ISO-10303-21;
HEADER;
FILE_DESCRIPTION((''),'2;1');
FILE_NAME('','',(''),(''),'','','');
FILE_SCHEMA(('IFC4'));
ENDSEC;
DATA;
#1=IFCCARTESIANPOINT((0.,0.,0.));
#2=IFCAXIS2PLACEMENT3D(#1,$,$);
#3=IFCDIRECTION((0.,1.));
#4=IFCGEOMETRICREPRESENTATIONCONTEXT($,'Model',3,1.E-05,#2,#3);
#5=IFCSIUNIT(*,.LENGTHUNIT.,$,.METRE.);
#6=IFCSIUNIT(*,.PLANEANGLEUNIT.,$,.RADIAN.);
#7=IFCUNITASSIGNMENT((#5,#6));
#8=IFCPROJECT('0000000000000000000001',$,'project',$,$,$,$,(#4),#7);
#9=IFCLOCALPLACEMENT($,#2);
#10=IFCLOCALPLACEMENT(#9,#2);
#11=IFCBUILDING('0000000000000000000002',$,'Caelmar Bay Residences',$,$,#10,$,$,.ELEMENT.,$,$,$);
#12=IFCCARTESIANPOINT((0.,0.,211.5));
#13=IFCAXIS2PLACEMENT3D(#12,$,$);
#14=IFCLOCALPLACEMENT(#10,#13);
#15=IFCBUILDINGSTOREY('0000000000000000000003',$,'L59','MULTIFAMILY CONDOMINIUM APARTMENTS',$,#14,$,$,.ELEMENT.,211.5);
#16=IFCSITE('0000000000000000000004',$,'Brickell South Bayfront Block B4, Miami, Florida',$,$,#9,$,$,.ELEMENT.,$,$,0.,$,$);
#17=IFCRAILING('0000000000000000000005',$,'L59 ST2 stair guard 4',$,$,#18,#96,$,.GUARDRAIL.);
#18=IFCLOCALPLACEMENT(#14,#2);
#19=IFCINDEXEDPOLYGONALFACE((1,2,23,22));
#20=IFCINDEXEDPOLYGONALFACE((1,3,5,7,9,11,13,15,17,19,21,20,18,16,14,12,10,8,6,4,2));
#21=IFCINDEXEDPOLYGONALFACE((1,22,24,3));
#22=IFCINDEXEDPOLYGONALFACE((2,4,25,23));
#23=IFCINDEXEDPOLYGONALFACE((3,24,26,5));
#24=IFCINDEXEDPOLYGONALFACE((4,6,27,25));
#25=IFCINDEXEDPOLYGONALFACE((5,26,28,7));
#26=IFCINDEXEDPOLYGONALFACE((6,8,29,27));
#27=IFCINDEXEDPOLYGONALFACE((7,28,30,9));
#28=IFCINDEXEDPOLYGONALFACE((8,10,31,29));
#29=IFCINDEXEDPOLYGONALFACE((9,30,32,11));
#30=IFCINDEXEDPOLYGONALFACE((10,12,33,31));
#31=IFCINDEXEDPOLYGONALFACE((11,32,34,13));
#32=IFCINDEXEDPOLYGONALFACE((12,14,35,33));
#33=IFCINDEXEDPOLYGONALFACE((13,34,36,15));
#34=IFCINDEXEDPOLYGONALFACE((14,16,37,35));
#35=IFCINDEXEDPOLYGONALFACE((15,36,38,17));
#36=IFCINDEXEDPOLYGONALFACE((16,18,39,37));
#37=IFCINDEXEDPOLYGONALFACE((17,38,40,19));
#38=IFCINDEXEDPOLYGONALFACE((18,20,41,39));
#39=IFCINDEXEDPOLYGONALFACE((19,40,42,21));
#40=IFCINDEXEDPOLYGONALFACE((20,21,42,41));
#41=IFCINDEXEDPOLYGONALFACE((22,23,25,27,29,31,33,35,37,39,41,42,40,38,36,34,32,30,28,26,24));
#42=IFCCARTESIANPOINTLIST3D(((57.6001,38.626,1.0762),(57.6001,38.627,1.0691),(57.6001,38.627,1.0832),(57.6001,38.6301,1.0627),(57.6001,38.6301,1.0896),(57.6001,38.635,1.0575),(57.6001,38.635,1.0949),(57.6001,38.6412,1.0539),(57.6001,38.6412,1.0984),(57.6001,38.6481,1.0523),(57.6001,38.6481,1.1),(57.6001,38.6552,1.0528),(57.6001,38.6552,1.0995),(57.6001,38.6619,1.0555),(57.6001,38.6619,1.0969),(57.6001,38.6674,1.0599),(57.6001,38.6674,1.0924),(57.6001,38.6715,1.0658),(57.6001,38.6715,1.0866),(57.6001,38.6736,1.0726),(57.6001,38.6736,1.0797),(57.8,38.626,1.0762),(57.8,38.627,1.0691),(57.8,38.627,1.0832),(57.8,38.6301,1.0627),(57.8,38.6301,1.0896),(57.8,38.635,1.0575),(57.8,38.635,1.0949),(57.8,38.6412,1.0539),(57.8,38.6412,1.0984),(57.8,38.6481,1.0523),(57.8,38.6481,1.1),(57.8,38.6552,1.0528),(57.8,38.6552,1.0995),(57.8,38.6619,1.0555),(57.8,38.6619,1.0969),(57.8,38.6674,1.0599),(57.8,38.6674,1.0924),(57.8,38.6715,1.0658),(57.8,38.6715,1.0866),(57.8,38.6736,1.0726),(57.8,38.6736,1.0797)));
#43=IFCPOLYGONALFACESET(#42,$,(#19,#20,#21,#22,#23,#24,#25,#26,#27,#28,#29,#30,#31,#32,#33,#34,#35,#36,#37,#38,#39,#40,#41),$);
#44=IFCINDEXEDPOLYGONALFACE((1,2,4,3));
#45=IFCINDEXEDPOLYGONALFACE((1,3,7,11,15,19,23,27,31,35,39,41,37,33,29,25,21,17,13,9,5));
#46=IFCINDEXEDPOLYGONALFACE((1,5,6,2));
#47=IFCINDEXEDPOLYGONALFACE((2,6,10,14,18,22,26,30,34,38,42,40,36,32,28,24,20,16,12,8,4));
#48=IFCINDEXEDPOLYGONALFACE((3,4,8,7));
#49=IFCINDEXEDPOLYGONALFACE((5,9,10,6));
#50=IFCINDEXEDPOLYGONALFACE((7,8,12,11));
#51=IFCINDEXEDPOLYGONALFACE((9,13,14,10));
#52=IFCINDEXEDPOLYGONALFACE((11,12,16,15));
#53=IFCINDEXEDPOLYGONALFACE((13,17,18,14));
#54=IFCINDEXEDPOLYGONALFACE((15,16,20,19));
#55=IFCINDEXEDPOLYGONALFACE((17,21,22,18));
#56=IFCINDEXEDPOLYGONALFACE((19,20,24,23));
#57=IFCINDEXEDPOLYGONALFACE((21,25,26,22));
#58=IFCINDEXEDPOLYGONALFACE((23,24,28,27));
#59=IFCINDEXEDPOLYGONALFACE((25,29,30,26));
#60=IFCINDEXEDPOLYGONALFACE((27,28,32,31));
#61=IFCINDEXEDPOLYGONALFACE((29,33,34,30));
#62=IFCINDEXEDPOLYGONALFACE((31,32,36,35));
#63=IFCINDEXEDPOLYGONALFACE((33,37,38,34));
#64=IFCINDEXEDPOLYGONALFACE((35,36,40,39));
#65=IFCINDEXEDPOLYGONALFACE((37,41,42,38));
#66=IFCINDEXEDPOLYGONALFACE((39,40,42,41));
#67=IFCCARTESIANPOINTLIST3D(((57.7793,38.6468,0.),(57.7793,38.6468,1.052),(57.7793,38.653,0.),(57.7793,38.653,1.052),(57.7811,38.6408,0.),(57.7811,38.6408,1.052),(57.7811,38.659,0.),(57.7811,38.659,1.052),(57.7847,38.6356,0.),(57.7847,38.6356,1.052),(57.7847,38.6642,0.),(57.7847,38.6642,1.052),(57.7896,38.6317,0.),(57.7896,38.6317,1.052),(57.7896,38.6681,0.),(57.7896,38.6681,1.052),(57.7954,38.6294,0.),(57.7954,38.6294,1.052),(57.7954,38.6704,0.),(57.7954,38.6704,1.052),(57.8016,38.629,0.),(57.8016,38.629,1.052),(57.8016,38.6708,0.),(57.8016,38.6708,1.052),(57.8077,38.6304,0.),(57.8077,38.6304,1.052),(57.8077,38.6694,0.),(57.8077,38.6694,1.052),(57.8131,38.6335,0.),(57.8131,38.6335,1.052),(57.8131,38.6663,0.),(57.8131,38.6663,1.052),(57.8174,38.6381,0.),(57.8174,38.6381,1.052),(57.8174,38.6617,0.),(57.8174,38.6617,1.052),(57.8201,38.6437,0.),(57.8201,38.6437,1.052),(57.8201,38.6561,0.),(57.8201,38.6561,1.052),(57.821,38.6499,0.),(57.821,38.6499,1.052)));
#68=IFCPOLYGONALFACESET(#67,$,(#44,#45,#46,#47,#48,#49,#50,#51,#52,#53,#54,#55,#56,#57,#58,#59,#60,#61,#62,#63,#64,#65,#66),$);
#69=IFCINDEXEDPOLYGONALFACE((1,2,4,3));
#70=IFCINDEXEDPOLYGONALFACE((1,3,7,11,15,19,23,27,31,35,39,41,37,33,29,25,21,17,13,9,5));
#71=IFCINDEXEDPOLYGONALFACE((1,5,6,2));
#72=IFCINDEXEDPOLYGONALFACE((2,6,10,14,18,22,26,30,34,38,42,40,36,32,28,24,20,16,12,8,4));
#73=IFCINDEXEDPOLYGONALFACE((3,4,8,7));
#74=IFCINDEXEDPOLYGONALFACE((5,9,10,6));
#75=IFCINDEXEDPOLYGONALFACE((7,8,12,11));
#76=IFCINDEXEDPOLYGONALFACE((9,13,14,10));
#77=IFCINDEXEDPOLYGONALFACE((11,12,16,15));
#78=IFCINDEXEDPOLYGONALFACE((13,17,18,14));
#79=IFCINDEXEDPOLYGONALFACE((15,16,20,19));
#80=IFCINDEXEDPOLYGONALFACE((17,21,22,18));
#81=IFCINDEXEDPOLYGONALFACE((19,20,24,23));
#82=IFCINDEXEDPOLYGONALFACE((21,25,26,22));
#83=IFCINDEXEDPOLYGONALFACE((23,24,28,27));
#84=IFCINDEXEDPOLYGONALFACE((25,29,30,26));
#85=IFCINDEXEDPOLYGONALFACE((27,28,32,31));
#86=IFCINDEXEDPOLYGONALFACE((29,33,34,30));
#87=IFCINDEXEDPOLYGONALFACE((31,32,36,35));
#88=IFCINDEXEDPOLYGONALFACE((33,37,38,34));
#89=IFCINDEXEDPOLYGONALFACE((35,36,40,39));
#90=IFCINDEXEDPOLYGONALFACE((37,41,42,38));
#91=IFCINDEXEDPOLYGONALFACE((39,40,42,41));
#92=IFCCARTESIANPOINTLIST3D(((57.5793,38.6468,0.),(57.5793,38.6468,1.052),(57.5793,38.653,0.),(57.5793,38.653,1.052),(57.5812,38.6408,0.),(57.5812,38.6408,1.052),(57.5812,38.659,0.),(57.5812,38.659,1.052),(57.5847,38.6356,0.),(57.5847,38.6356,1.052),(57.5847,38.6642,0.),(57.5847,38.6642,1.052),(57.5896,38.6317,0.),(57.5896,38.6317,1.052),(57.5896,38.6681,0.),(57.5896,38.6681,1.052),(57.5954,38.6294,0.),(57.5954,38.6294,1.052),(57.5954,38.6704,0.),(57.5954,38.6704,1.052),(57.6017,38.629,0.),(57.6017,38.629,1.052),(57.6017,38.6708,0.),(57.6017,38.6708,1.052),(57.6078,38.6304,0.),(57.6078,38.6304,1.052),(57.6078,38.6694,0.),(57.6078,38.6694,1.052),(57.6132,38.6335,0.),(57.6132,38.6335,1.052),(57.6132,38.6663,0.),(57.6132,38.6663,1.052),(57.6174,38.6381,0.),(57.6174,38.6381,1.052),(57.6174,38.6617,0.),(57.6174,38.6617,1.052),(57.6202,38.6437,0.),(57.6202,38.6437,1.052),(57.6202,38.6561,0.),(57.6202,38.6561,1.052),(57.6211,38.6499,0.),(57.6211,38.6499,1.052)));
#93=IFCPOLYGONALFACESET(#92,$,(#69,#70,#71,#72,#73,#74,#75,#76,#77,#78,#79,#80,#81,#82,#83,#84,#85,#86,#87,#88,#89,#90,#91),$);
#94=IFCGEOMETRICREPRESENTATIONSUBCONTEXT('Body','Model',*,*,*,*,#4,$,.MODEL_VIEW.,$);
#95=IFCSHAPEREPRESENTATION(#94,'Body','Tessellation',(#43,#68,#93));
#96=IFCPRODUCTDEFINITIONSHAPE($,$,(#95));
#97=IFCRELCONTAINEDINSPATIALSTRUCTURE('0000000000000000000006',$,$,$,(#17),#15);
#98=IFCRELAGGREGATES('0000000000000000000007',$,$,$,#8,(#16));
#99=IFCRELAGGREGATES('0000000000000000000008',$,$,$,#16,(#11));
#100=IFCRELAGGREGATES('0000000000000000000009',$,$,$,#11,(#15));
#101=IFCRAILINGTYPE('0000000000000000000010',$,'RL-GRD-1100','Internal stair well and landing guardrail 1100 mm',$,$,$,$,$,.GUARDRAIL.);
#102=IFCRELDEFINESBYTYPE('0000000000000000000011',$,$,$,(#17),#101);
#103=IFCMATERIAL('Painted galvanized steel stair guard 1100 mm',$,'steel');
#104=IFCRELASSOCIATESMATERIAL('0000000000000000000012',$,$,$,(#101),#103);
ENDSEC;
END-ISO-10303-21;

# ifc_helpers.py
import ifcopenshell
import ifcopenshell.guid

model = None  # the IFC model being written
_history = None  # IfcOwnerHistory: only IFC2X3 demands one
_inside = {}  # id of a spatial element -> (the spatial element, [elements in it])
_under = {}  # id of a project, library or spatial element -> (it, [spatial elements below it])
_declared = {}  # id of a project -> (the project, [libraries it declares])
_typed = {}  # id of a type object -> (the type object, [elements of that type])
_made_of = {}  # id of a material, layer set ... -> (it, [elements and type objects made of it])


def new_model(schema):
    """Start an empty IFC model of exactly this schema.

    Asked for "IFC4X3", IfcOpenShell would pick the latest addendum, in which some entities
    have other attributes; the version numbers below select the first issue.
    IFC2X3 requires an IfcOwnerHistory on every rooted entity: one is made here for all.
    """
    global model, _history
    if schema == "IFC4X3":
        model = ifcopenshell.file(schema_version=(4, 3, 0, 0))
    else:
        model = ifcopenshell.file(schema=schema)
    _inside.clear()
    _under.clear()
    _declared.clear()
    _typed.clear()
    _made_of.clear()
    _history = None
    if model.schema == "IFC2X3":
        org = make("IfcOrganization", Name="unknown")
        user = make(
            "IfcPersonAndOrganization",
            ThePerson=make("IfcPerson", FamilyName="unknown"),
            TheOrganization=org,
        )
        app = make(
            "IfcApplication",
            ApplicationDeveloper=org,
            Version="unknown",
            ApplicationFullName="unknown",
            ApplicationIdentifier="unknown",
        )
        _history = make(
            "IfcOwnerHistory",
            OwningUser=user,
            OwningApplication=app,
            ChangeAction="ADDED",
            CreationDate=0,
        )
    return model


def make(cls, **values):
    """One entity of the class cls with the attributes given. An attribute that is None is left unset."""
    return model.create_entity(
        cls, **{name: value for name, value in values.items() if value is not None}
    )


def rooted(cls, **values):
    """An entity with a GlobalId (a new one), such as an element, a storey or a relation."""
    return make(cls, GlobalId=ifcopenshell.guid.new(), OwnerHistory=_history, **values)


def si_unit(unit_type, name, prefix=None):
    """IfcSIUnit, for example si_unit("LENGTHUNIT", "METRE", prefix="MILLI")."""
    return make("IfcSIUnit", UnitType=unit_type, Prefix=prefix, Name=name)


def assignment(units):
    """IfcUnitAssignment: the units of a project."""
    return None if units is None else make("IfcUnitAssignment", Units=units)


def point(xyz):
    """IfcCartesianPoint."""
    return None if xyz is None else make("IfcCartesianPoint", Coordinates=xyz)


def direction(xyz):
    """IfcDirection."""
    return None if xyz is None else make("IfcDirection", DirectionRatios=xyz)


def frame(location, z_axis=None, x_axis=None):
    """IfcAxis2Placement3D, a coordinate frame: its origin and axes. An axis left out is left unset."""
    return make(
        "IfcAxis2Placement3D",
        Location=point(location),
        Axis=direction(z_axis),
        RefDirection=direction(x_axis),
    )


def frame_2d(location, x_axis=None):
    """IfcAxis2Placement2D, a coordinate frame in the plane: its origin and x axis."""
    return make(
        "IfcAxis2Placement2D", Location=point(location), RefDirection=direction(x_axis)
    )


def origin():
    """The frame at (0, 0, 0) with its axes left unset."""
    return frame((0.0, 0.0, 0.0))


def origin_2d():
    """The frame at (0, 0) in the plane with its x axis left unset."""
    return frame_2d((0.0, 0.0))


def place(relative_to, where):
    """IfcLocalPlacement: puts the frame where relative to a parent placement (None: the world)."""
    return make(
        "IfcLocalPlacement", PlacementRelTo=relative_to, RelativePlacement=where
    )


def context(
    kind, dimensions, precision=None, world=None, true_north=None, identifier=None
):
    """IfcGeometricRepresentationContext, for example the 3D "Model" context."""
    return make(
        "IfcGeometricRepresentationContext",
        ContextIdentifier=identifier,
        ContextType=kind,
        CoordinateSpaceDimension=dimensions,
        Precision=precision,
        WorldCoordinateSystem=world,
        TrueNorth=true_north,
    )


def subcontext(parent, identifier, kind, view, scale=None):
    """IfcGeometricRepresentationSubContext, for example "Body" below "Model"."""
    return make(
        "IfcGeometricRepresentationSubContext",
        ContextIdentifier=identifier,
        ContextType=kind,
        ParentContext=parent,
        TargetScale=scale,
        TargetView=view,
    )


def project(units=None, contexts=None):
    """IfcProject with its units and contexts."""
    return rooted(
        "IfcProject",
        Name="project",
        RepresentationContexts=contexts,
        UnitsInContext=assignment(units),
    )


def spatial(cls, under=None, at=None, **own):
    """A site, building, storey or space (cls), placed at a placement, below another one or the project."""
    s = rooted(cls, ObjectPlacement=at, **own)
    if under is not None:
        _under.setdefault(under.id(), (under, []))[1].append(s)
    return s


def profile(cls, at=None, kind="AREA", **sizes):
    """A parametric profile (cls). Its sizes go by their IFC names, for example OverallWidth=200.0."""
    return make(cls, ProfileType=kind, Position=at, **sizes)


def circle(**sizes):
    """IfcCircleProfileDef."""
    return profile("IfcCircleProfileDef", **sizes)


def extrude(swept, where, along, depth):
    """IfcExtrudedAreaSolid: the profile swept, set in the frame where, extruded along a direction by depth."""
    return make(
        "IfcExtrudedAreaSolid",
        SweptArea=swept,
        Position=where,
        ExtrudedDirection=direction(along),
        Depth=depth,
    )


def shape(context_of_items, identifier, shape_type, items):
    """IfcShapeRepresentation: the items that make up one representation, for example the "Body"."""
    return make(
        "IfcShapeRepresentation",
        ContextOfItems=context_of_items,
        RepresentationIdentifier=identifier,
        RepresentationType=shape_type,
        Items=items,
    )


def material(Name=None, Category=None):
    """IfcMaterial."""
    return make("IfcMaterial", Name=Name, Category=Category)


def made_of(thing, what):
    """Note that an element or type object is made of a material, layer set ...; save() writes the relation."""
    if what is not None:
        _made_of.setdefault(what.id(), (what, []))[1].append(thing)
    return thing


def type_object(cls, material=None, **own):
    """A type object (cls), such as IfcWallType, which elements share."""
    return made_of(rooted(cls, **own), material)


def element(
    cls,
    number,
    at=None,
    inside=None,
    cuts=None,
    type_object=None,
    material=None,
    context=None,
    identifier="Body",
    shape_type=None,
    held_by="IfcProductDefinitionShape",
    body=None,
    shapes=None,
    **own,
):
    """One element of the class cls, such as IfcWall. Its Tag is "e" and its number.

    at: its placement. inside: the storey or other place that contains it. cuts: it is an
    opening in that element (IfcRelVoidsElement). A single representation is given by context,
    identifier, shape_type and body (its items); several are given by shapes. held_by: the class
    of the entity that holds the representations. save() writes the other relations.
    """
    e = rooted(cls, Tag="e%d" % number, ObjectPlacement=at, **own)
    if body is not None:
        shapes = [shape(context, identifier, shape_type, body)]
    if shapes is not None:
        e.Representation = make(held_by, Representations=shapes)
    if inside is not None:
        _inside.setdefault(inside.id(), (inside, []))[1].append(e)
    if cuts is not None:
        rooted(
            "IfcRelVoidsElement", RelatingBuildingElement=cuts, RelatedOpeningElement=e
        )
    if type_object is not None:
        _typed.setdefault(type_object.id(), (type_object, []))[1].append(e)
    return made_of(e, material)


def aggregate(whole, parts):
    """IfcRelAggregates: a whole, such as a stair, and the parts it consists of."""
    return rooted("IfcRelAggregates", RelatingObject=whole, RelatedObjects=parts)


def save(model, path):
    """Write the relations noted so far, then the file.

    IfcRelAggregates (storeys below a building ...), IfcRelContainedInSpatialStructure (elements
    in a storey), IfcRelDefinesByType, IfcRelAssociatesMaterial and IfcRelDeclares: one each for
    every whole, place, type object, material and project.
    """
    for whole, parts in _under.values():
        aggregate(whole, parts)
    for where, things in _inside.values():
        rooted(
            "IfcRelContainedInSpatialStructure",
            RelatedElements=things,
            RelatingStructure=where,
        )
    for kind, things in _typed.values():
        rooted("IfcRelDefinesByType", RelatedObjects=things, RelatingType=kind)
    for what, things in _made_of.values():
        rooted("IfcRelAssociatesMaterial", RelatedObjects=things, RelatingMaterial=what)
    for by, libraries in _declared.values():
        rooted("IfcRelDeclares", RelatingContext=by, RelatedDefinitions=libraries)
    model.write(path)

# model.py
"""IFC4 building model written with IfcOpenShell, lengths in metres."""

from ifc_helpers import new_model, si_unit, direction, frame, origin, origin_2d, place, context, subcontext, project, spatial, circle, extrude, material, type_object, element, save


model = new_model("IFC4")

# Units and contexts
model_context = context("Model", 3, precision=1e-05, world=origin(), true_north=direction((0.0, 1.0)))
body_context = subcontext(model_context, "Body", "Model", "MODEL_VIEW")
ifc_project = project(units=[si_unit("LENGTHUNIT", "METRE"), si_unit("PLANEANGLEUNIT", "RADIAN")], contexts=[model_context])

# Site, building, storey
site_placement = place(None, origin())
site = spatial("IfcSite", under=ifc_project, at=site_placement, Name="Brickell South Bayfront Block B4, Miami, Florida", CompositionType="ELEMENT", RefElevation=0.0)
building_placement = place(site_placement, origin())
building = spatial("IfcBuilding", under=site, at=building_placement, Name="Caelmar Bay Residences", CompositionType="ELEMENT")
storey_placement = place(building_placement, frame((0.0, 0.0, 211.5)))
storey = spatial("IfcBuildingStorey", under=building, at=storey_placement, Name="L59", Description="MULTIFAMILY CONDOMINIUM APARTMENTS", CompositionType="ELEMENT", Elevation=211.5)

# Railing
ifc_material_1 = material(Name="Painted galvanized steel stair guard 1100 mm", Category="steel")
railing_type_1 = type_object("IfcRailingType", Name="RL-GRD-1100", Description="Internal stair well and landing guardrail 1100 mm", PredefinedType="GUARDRAIL", material=ifc_material_1)
railing_1_placement = place(storey_placement, frame((57.8, 38.6499, 0.0)))
element("IfcRailing", 1, at=railing_1_placement, inside=storey, type_object=railing_type_1, Name="L59 ST2 stair guard 4", PredefinedType="GUARDRAIL", context=body_context, shape_type="SweptSolid", body=[
    extrude(circle(Radius=0.0239, at=origin_2d()), frame((0.0, 0.0, 1.0762), z_axis=(-1.0, 0.0, 0.0), x_axis=(0.0, -1.0, 0.0)), (0.0, 0.0, 1.0), 0.2),
    extrude(circle(Radius=0.021, at=origin_2d()), origin(), (0.0, 0.0, 1.0), 1.052),
    extrude(circle(Radius=0.021, at=origin_2d()), frame((-0.2, 0.0, 0.0)), (0.0, 0.0, 1.0), 1.052),
])

save(model, "model.ifc")
